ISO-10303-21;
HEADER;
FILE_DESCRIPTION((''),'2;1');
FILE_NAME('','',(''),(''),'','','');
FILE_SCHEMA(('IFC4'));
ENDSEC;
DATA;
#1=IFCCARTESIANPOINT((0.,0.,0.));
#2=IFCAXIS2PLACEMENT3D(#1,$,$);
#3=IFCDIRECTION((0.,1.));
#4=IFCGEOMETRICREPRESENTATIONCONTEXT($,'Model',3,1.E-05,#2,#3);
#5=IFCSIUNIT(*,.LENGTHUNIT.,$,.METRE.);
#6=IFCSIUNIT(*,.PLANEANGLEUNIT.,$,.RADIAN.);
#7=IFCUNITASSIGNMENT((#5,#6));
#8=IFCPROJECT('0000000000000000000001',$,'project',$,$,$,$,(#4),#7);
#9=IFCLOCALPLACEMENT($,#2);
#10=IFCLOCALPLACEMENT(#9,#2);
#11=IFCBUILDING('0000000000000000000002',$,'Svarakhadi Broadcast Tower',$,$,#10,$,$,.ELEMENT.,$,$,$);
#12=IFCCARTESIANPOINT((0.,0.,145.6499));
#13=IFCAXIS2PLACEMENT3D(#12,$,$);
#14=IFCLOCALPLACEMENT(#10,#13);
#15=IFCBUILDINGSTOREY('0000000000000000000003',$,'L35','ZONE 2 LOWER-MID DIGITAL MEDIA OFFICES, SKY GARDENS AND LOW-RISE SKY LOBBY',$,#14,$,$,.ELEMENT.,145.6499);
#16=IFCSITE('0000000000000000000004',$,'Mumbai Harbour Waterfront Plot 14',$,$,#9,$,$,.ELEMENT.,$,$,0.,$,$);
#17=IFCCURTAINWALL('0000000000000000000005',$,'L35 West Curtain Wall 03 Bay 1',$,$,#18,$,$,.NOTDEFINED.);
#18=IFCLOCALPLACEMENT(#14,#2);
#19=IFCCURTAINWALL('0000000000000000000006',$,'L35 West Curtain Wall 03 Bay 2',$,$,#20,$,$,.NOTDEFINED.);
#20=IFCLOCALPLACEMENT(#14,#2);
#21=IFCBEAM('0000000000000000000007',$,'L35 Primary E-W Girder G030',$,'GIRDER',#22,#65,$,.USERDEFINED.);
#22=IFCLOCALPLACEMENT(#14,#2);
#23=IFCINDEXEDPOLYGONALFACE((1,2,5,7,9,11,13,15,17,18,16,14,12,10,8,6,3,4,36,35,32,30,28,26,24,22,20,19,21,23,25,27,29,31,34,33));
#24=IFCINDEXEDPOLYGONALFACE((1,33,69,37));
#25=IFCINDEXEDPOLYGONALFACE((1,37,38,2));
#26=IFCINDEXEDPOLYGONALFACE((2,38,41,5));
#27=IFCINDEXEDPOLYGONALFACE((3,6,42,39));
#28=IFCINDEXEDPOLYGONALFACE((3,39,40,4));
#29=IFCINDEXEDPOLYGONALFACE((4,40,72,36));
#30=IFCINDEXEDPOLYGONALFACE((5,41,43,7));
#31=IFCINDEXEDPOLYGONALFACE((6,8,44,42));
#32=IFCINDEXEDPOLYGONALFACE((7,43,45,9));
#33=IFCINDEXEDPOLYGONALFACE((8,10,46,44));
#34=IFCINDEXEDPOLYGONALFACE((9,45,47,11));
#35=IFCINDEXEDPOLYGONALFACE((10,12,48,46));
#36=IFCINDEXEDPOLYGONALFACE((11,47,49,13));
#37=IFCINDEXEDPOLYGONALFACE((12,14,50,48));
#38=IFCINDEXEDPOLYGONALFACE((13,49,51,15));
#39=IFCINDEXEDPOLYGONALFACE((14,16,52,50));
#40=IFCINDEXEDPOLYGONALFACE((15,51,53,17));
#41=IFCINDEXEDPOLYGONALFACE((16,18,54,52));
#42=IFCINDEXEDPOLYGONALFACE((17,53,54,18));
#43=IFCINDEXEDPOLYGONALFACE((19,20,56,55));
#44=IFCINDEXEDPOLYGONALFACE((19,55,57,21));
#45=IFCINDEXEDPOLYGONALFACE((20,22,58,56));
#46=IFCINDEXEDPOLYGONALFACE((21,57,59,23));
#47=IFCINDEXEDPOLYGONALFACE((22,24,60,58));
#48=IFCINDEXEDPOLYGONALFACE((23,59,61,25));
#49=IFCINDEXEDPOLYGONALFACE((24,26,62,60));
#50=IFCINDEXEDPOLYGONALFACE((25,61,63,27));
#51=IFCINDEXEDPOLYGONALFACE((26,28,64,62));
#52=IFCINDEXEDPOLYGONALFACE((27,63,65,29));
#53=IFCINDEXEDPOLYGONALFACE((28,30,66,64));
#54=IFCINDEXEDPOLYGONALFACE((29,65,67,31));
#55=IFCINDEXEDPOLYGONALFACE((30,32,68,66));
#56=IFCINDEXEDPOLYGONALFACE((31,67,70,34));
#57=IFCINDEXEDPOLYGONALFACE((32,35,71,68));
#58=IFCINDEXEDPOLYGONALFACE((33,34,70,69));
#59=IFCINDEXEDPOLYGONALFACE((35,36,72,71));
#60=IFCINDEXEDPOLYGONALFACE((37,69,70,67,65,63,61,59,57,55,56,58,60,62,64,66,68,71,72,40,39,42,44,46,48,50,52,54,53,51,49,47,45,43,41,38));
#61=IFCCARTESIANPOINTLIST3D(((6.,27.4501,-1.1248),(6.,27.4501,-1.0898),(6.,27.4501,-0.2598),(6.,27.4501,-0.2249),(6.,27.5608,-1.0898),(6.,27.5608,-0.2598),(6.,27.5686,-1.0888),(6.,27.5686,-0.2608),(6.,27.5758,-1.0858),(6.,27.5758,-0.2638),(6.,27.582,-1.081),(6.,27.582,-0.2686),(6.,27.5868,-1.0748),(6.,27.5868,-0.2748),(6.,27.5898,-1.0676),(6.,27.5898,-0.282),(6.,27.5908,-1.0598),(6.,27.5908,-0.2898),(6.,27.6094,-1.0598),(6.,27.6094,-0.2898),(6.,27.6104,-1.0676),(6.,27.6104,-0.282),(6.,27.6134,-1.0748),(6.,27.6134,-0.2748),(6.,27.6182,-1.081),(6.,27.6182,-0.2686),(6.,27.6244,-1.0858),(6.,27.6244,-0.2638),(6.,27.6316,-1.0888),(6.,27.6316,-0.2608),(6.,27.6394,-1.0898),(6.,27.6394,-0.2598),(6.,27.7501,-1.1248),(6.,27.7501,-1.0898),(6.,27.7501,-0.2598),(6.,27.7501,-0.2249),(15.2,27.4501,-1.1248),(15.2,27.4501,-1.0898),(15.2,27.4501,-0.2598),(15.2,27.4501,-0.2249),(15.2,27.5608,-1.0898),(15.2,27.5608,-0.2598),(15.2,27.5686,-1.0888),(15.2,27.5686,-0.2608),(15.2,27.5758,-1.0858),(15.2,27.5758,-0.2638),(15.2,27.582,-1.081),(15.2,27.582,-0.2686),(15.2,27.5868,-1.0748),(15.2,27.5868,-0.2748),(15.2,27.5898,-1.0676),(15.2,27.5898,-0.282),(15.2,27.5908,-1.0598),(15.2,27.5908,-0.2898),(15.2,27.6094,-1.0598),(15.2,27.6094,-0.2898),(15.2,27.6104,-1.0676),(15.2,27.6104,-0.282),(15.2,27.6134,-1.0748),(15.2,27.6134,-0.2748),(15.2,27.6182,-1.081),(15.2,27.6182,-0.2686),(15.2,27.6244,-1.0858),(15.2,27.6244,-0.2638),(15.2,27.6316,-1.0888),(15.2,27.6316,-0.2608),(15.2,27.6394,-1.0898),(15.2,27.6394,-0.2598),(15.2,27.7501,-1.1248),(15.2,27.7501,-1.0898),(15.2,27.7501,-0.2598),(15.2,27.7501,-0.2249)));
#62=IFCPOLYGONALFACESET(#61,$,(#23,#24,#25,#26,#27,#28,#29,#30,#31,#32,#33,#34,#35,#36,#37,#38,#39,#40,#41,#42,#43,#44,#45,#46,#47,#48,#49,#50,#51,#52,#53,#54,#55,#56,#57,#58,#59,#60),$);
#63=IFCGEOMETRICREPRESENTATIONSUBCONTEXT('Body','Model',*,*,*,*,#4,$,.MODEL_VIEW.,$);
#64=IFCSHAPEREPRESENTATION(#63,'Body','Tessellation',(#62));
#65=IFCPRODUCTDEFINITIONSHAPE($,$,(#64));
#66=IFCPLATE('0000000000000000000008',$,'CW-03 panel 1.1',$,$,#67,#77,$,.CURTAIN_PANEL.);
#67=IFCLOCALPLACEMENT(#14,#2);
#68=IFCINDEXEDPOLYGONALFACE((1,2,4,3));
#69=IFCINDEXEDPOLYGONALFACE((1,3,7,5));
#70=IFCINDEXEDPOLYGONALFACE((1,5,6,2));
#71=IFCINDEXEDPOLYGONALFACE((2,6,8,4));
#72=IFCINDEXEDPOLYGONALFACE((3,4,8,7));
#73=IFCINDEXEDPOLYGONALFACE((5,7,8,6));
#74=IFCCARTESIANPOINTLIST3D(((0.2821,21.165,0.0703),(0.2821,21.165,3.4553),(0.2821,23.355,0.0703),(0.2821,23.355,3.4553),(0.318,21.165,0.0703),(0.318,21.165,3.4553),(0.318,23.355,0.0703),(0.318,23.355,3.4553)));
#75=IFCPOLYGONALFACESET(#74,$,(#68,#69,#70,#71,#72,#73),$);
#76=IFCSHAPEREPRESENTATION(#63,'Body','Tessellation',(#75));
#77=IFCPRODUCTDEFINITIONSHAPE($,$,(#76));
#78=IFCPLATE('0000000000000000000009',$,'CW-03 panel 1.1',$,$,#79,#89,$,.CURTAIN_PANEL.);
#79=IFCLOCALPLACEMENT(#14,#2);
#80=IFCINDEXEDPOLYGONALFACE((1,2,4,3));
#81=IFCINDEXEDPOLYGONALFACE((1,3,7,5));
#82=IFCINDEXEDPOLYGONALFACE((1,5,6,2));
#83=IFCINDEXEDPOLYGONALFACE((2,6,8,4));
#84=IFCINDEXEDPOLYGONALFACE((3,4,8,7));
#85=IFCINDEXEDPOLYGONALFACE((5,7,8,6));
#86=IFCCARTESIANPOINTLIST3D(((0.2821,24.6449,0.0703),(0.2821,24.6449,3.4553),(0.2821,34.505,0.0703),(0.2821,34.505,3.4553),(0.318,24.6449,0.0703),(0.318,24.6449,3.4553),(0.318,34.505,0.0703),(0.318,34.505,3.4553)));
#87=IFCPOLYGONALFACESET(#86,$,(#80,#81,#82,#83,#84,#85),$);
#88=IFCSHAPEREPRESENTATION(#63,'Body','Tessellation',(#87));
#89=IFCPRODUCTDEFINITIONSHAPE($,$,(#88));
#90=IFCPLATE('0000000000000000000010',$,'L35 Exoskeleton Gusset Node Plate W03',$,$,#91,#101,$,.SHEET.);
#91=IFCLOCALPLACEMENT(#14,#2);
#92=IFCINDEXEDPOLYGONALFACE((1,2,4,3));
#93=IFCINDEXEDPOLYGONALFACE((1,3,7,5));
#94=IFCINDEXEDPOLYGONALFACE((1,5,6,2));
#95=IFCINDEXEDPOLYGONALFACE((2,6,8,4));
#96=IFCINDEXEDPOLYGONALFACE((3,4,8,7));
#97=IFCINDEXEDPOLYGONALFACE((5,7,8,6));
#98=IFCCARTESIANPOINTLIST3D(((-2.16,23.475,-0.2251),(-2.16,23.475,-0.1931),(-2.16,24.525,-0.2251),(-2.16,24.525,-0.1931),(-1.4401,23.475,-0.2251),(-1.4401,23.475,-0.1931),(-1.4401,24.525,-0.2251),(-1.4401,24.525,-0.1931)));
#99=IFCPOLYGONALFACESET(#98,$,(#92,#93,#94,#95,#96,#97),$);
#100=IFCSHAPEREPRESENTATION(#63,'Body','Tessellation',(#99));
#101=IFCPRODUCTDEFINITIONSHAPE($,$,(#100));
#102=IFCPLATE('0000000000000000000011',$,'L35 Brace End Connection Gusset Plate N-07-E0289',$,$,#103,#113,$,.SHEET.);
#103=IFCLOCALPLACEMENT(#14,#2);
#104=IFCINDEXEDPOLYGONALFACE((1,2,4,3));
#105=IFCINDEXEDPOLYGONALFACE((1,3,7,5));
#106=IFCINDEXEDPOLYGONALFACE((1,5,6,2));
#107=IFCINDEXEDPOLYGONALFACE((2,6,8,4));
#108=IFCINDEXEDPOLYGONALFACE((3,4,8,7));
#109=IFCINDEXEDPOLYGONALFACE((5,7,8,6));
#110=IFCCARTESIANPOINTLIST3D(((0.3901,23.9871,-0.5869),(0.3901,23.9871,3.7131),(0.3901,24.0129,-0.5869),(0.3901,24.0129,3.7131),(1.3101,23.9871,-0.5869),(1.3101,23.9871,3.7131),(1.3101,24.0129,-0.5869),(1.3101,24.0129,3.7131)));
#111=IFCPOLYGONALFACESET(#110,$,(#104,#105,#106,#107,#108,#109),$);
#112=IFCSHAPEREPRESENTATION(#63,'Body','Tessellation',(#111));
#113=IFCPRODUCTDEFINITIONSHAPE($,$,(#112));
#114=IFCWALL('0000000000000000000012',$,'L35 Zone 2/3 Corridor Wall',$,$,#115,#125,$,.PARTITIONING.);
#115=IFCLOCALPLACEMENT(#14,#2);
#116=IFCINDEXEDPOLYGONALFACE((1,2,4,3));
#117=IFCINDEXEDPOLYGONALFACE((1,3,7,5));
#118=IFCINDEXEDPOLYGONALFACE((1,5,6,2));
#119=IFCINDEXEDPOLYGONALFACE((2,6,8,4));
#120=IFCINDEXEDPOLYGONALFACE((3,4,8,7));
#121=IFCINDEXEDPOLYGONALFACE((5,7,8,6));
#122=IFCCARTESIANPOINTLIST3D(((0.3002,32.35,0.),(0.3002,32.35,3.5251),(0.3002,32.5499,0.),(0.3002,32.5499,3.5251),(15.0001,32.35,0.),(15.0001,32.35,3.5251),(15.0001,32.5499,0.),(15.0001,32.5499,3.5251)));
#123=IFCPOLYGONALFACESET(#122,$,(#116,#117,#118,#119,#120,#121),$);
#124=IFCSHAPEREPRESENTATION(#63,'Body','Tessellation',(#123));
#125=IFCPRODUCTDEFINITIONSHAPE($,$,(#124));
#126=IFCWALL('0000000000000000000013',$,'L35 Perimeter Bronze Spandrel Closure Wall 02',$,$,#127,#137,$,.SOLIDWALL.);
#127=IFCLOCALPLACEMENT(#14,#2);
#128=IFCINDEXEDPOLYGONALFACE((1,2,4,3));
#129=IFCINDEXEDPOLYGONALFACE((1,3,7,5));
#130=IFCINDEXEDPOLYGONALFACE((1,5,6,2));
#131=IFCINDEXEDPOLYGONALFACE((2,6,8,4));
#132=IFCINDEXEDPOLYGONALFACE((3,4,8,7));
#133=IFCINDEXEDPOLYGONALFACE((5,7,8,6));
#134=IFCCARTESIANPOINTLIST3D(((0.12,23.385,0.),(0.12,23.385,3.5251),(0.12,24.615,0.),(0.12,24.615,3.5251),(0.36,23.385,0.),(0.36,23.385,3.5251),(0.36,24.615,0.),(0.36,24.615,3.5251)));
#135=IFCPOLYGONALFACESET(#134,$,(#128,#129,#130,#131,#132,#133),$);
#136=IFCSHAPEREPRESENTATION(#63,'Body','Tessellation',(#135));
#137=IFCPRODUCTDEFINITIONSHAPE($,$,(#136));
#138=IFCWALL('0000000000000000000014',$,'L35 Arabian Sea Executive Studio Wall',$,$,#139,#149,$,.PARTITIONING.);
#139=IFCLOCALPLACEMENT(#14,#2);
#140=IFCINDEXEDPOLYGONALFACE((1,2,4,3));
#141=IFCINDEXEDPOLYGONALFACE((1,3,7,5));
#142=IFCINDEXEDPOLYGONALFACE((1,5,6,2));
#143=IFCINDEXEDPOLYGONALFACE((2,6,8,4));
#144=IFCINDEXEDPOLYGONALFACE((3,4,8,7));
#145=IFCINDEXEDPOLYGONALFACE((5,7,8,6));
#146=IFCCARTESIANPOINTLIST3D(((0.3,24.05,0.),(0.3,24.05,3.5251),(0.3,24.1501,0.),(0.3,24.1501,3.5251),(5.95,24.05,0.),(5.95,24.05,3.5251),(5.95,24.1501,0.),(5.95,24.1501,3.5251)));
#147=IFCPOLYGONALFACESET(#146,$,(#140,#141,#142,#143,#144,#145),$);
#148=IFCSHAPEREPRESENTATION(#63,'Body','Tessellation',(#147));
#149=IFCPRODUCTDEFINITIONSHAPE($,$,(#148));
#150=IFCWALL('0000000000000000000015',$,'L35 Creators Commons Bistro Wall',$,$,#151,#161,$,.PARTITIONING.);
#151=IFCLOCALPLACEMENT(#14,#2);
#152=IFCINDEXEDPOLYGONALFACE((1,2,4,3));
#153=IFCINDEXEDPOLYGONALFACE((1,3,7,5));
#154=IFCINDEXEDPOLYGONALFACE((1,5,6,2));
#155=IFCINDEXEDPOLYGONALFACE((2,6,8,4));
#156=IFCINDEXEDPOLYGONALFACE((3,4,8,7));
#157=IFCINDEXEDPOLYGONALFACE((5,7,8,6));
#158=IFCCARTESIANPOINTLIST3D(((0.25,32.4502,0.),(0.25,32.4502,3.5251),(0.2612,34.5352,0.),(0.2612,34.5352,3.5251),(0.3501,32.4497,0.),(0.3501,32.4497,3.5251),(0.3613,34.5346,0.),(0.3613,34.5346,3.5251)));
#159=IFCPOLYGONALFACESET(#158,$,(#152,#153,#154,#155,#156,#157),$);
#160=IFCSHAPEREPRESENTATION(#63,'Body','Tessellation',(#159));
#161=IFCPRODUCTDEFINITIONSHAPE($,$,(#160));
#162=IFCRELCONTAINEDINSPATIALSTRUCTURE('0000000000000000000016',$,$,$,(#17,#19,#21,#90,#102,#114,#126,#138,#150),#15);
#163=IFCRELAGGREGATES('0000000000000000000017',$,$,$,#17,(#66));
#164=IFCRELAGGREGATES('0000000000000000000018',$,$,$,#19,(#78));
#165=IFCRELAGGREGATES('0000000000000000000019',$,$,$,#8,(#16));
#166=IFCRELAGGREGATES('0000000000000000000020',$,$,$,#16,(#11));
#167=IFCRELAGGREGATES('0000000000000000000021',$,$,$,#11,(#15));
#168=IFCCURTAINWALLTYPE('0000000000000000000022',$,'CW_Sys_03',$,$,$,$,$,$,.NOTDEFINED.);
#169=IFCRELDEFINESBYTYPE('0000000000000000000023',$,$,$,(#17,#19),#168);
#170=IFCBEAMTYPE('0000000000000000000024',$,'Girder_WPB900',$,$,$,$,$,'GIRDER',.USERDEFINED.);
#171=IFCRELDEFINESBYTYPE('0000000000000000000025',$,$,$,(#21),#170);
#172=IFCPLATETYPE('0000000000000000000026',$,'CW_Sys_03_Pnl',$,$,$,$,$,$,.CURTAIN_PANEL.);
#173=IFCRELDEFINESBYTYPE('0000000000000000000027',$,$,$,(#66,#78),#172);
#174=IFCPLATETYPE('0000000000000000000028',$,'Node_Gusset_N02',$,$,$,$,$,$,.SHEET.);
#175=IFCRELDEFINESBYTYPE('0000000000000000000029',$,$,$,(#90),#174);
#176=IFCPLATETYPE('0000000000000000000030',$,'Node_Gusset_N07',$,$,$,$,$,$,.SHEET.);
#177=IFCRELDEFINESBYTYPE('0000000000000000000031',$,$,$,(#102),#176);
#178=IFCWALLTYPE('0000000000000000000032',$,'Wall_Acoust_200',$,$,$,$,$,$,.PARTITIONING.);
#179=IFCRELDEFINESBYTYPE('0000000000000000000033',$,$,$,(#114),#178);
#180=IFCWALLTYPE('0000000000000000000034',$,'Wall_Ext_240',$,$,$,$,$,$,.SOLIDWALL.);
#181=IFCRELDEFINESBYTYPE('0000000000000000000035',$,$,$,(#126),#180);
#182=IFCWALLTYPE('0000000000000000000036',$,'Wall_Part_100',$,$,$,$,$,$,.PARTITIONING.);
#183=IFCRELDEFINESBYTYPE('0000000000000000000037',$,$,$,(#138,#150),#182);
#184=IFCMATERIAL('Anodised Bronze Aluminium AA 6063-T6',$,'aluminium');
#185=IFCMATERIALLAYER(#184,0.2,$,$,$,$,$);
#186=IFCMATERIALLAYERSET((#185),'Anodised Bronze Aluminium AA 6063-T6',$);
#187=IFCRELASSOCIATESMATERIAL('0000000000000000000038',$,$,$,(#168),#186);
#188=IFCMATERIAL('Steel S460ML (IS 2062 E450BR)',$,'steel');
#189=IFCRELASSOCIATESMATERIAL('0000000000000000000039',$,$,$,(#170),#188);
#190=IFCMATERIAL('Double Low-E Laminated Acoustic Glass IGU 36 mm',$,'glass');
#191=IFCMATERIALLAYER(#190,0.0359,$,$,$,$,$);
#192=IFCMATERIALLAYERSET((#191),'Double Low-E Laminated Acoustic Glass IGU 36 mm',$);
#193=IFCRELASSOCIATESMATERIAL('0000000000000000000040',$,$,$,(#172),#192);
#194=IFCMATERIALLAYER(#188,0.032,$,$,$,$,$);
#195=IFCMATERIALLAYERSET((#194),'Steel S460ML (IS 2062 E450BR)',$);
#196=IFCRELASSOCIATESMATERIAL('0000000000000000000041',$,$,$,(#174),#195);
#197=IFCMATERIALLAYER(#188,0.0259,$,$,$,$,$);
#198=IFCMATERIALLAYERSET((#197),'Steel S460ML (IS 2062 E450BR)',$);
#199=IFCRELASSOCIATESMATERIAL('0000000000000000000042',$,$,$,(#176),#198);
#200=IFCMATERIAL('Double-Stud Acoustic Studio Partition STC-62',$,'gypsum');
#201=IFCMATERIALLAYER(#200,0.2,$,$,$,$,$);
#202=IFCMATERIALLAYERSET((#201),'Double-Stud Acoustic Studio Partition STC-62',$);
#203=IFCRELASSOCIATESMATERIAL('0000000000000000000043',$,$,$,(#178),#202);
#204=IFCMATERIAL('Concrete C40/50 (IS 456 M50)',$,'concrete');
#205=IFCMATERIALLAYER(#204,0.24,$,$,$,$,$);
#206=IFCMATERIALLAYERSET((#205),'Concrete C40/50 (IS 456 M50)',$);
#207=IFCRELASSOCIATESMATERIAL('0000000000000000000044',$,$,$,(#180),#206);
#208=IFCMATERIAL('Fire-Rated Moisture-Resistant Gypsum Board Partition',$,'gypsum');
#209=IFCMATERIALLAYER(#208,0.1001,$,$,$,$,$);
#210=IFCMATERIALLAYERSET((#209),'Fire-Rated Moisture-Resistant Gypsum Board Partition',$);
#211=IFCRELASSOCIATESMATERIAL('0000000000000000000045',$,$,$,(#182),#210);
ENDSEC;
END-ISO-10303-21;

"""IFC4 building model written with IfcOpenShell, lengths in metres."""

from ifc_helpers import new_model, si_unit, direction, frame, frame_2d, origin, origin_2d, place, context, subcontext, project, spatial, rectangle, i_section, extrude, material, layer, layer_set, material_profile, profile_set, type_object, element, aggregate, save


model = new_model("IFC4")

# Units and contexts
model_context = context("Model", 3, precision=1e-05, world=origin(), true_north=direction((0.0, 1.0)))
body_context = subcontext(model_context, "Body", "Model", "MODEL_VIEW")
ifc_project = project(units=[si_unit("LENGTHUNIT", "METRE"), si_unit("PLANEANGLEUNIT", "RADIAN")], contexts=[model_context])

# Site, building, storey
site_placement = place(None, origin())
site = spatial("IfcSite", under=ifc_project, at=site_placement, Name="Mumbai Harbour Waterfront Plot 14", CompositionType="ELEMENT", RefElevation=0.0)
building_placement = place(site_placement, origin())
building = spatial("IfcBuilding", under=site, at=building_placement, Name="Svarakhadi Broadcast Tower", CompositionType="ELEMENT")
storey_placement = place(building_placement, frame((0.0, 0.0, 145.6499)))
storey = spatial("IfcBuildingStorey", under=building, at=storey_placement, Name="L35", Description="ZONE 2 LOWER-MID DIGITAL MEDIA OFFICES, SKY GARDENS AND LOW-RISE SKY LOBBY", CompositionType="ELEMENT", Elevation=145.6499)

# Shared definitions
ifc_material_1 = material(Name="Steel S460ML (IS 2062 E450BR)", Category="steel")

# Curtain walls
ifc_material_2 = material(Name="Anodised Bronze Aluminium AA 6063-T6", Category="aluminium")
ifc_layer_1 = layer(ifc_material_2, 0.2)
ifc_layer_set_1 = layer_set([ifc_layer_1], Name="Anodised Bronze Aluminium AA 6063-T6")
curtain_wall_type = type_object("IfcCurtainWallType", Name="CW_Sys_03", PredefinedType="NOTDEFINED", material=ifc_layer_set_1)
curtain_wall_1_placement = place(storey_placement, origin())
curtain_wall_1 = element("IfcCurtainWall", 1, at=curtain_wall_1_placement, inside=storey, type_object=curtain_wall_type, Name="L35 West Curtain Wall 03 Bay 1", PredefinedType="NOTDEFINED")
curtain_wall_2_placement = place(storey_placement, origin())
curtain_wall_2 = element("IfcCurtainWall", 2, at=curtain_wall_2_placement, inside=storey, type_object=curtain_wall_type, Name="L35 West Curtain Wall 03 Bay 2", PredefinedType="NOTDEFINED")

# Beam
ifc_material_profile_1 = material_profile(ifc_material_1, i_section(OverallWidth=0.3, OverallDepth=0.8999, WebThickness=0.0186, FlangeThickness=0.0349, FilletRadius=0.03, at=origin_2d()), Name="WPB 900x300x291")
ifc_profile_set_1 = profile_set([ifc_material_profile_1], Name="Steel S460ML (IS 2062 E450BR)")
beam_type_1 = type_object("IfcBeamType", Name="Girder_WPB900", ElementType="GIRDER", PredefinedType="USERDEFINED", material=ifc_profile_set_1)
beam_1_placement = place(storey_placement, frame((6.0, 27.6001, -0.6748), z_axis=(1.0, 0.0, 0.0), x_axis=(0.0, 1.0, 0.0)))
element("IfcBeam", 3, at=beam_1_placement, inside=storey, type_object=beam_type_1, Name="L35 Primary E-W Girder G030", ObjectType="GIRDER", PredefinedType="USERDEFINED", context=body_context, shape_type="SweptSolid", body=[
    extrude(i_section(OverallWidth=0.3, OverallDepth=0.8999, WebThickness=0.0186, FlangeThickness=0.0349, FilletRadius=0.03, at=origin_2d()), origin(), (0.0, 0.0, 1.0), 9.2),
])

# Plates
ifc_material_3 = material(Name="Double Low-E Laminated Acoustic Glass IGU 36 mm", Category="glass")
ifc_layer_2 = layer(ifc_material_3, 0.0359)
ifc_layer_set_2 = layer_set([ifc_layer_2], Name="Double Low-E Laminated Acoustic Glass IGU 36 mm")
plate_type_1 = type_object("IfcPlateType", Name="CW_Sys_03_Pnl", PredefinedType="CURTAIN_PANEL", material=ifc_layer_set_2)
plate_1_placement = place(storey_placement, frame((0.3, 22.26, 0.0703), z_axis=(0.0, 0.0, 1.0), x_axis=(0.0, 1.0, 0.0)))
plate_1 = element("IfcPlate", 4, at=plate_1_placement, type_object=plate_type_1, Name="CW-03 panel 1.1", PredefinedType="CURTAIN_PANEL", context=body_context, shape_type="SweptSolid", body=[
    extrude(rectangle(XDim=2.1899, YDim=0.0359, at=origin_2d()), origin(), (0.0, 0.0, 1.0), 3.385),
])
aggregate(curtain_wall_1, [plate_1])
plate_2_placement = place(storey_placement, frame((0.3, 29.575, 0.0703), z_axis=(0.0, 0.0, 1.0), x_axis=(0.0, 1.0, 0.0)))
plate_2 = element("IfcPlate", 5, at=plate_2_placement, type_object=plate_type_1, Name="CW-03 panel 1.1", PredefinedType="CURTAIN_PANEL", context=body_context, shape_type="SweptSolid", body=[
    extrude(rectangle(XDim=9.8601, YDim=0.0359, at=origin_2d()), origin(), (0.0, 0.0, 1.0), 3.385),
])
aggregate(curtain_wall_2, [plate_2])

# Plates
ifc_layer_3 = layer(ifc_material_1, 0.032)
ifc_layer_set_3 = layer_set([ifc_layer_3], Name="Steel S460ML (IS 2062 E450BR)")
plate_type_2 = type_object("IfcPlateType", Name="Node_Gusset_N02", PredefinedType="SHEET", material=ifc_layer_set_3)
plate_3_placement = place(storey_placement, frame((-1.8, 24.0, -0.2251), z_axis=(0.0, 0.0, 1.0), x_axis=(0.0, 1.0, 0.0)))
element("IfcPlate", 6, at=plate_3_placement, inside=storey, type_object=plate_type_2, Name="L35 Exoskeleton Gusset Node Plate W03", PredefinedType="SHEET", context=body_context, shape_type="SweptSolid", body=[
    extrude(rectangle(XDim=1.05, YDim=0.72, at=origin_2d()), origin(), (0.0, 0.0, 1.0), 0.032),
])
ifc_layer_4 = layer(ifc_material_1, 0.0259)
ifc_layer_set_4 = layer_set([ifc_layer_4], Name="Steel S460ML (IS 2062 E450BR)")
plate_type_3 = type_object("IfcPlateType", Name="Node_Gusset_N07", PredefinedType="SHEET", material=ifc_layer_set_4)
plate_4_placement = place(storey_placement, frame((0.8501, 24.0, -0.5869), z_axis=(0.0, 0.0, 1.0), x_axis=(1.0, 0.0, 0.0)))
element("IfcPlate", 7, at=plate_4_placement, inside=storey, type_object=plate_type_3, Name="L35 Brace End Connection Gusset Plate N-07-E0289", PredefinedType="SHEET", context=body_context, shape_type="SweptSolid", body=[
    extrude(rectangle(XDim=0.9199, YDim=0.0259, at=origin_2d()), origin(), (0.0, 0.0, 1.0), 4.3),
])

# Walls
ifc_material_4 = material(Name="Double-Stud Acoustic Studio Partition STC-62", Category="gypsum")
ifc_layer_5 = layer(ifc_material_4, 0.2)
ifc_layer_set_5 = layer_set([ifc_layer_5], Name="Double-Stud Acoustic Studio Partition STC-62")
wall_type_1 = type_object("IfcWallType", Name="Wall_Acoust_200", PredefinedType="PARTITIONING", material=ifc_layer_set_5)
wall_1_placement = place(storey_placement, frame((0.3, 32.45, 0.0), z_axis=(0.0, 0.0, 1.0), x_axis=(1.0, 0.0, 0.0)))
element("IfcWall", 8, at=wall_1_placement, inside=storey, type_object=wall_type_1, Name="L35 Zone 2/3 Corridor Wall", PredefinedType="PARTITIONING", context=body_context, shape_type="SweptSolid", body=[
    extrude(rectangle(XDim=14.7, YDim=0.2, at=frame_2d((7.3501, 0.0))), origin(), (0.0, 0.0, 1.0), 3.5251),
])
ifc_material_5 = material(Name="Concrete C40/50 (IS 456 M50)", Category="concrete")
ifc_layer_6 = layer(ifc_material_5, 0.24)
ifc_layer_set_6 = layer_set([ifc_layer_6], Name="Concrete C40/50 (IS 456 M50)")
wall_type_2 = type_object("IfcWallType", Name="Wall_Ext_240", PredefinedType="SOLIDWALL", material=ifc_layer_set_6)
wall_2_placement = place(storey_placement, frame((0.24, 23.385, 0.0), z_axis=(0.0, 0.0, 1.0), x_axis=(0.0, 1.0, 0.0)))
element("IfcWall", 9, at=wall_2_placement, inside=storey, type_object=wall_type_2, Name="L35 Perimeter Bronze Spandrel Closure Wall 02", PredefinedType="SOLIDWALL", context=body_context, shape_type="SweptSolid", body=[
    extrude(rectangle(XDim=1.23, YDim=0.24, at=frame_2d((0.615, 0.0))), origin(), (0.0, 0.0, 1.0), 3.5251),
])
ifc_material_6 = material(Name="Fire-Rated Moisture-Resistant Gypsum Board Partition", Category="gypsum")
ifc_layer_7 = layer(ifc_material_6, 0.1001)
ifc_layer_set_7 = layer_set([ifc_layer_7], Name="Fire-Rated Moisture-Resistant Gypsum Board Partition")
wall_type_3 = type_object("IfcWallType", Name="Wall_Part_100", PredefinedType="PARTITIONING", material=ifc_layer_set_7)
wall_3_placement = place(storey_placement, frame((0.3, 24.1001, 0.0), z_axis=(0.0, 0.0, 1.0), x_axis=(1.0, 0.0, 0.0)))
element("IfcWall", 10, at=wall_3_placement, inside=storey, type_object=wall_type_3, Name="L35 Arabian Sea Executive Studio Wall", PredefinedType="PARTITIONING", context=body_context, shape_type="SweptSolid", body=[
    extrude(rectangle(XDim=5.6499, YDim=0.1001, at=frame_2d((2.825, 0.0))), origin(), (0.0, 0.0, 1.0), 3.5251),
])
wall_4_placement = place(storey_placement, frame((0.3, 32.45, 0.0), z_axis=(0.0, 0.0, 1.0), x_axis=(0.005386, 0.999985, 0.0)))
element("IfcWall", 11, at=wall_4_placement, inside=storey, type_object=wall_type_3, Name="L35 Creators Commons Bistro Wall", PredefinedType="PARTITIONING", context=body_context, shape_type="SweptSolid", body=[
    extrude(rectangle(XDim=2.085, YDim=0.1001, at=frame_2d((1.0425, 0.0))), origin(), (0.0, 0.0, 1.0), 3.5251),
])

save(model, "model.ifc")
